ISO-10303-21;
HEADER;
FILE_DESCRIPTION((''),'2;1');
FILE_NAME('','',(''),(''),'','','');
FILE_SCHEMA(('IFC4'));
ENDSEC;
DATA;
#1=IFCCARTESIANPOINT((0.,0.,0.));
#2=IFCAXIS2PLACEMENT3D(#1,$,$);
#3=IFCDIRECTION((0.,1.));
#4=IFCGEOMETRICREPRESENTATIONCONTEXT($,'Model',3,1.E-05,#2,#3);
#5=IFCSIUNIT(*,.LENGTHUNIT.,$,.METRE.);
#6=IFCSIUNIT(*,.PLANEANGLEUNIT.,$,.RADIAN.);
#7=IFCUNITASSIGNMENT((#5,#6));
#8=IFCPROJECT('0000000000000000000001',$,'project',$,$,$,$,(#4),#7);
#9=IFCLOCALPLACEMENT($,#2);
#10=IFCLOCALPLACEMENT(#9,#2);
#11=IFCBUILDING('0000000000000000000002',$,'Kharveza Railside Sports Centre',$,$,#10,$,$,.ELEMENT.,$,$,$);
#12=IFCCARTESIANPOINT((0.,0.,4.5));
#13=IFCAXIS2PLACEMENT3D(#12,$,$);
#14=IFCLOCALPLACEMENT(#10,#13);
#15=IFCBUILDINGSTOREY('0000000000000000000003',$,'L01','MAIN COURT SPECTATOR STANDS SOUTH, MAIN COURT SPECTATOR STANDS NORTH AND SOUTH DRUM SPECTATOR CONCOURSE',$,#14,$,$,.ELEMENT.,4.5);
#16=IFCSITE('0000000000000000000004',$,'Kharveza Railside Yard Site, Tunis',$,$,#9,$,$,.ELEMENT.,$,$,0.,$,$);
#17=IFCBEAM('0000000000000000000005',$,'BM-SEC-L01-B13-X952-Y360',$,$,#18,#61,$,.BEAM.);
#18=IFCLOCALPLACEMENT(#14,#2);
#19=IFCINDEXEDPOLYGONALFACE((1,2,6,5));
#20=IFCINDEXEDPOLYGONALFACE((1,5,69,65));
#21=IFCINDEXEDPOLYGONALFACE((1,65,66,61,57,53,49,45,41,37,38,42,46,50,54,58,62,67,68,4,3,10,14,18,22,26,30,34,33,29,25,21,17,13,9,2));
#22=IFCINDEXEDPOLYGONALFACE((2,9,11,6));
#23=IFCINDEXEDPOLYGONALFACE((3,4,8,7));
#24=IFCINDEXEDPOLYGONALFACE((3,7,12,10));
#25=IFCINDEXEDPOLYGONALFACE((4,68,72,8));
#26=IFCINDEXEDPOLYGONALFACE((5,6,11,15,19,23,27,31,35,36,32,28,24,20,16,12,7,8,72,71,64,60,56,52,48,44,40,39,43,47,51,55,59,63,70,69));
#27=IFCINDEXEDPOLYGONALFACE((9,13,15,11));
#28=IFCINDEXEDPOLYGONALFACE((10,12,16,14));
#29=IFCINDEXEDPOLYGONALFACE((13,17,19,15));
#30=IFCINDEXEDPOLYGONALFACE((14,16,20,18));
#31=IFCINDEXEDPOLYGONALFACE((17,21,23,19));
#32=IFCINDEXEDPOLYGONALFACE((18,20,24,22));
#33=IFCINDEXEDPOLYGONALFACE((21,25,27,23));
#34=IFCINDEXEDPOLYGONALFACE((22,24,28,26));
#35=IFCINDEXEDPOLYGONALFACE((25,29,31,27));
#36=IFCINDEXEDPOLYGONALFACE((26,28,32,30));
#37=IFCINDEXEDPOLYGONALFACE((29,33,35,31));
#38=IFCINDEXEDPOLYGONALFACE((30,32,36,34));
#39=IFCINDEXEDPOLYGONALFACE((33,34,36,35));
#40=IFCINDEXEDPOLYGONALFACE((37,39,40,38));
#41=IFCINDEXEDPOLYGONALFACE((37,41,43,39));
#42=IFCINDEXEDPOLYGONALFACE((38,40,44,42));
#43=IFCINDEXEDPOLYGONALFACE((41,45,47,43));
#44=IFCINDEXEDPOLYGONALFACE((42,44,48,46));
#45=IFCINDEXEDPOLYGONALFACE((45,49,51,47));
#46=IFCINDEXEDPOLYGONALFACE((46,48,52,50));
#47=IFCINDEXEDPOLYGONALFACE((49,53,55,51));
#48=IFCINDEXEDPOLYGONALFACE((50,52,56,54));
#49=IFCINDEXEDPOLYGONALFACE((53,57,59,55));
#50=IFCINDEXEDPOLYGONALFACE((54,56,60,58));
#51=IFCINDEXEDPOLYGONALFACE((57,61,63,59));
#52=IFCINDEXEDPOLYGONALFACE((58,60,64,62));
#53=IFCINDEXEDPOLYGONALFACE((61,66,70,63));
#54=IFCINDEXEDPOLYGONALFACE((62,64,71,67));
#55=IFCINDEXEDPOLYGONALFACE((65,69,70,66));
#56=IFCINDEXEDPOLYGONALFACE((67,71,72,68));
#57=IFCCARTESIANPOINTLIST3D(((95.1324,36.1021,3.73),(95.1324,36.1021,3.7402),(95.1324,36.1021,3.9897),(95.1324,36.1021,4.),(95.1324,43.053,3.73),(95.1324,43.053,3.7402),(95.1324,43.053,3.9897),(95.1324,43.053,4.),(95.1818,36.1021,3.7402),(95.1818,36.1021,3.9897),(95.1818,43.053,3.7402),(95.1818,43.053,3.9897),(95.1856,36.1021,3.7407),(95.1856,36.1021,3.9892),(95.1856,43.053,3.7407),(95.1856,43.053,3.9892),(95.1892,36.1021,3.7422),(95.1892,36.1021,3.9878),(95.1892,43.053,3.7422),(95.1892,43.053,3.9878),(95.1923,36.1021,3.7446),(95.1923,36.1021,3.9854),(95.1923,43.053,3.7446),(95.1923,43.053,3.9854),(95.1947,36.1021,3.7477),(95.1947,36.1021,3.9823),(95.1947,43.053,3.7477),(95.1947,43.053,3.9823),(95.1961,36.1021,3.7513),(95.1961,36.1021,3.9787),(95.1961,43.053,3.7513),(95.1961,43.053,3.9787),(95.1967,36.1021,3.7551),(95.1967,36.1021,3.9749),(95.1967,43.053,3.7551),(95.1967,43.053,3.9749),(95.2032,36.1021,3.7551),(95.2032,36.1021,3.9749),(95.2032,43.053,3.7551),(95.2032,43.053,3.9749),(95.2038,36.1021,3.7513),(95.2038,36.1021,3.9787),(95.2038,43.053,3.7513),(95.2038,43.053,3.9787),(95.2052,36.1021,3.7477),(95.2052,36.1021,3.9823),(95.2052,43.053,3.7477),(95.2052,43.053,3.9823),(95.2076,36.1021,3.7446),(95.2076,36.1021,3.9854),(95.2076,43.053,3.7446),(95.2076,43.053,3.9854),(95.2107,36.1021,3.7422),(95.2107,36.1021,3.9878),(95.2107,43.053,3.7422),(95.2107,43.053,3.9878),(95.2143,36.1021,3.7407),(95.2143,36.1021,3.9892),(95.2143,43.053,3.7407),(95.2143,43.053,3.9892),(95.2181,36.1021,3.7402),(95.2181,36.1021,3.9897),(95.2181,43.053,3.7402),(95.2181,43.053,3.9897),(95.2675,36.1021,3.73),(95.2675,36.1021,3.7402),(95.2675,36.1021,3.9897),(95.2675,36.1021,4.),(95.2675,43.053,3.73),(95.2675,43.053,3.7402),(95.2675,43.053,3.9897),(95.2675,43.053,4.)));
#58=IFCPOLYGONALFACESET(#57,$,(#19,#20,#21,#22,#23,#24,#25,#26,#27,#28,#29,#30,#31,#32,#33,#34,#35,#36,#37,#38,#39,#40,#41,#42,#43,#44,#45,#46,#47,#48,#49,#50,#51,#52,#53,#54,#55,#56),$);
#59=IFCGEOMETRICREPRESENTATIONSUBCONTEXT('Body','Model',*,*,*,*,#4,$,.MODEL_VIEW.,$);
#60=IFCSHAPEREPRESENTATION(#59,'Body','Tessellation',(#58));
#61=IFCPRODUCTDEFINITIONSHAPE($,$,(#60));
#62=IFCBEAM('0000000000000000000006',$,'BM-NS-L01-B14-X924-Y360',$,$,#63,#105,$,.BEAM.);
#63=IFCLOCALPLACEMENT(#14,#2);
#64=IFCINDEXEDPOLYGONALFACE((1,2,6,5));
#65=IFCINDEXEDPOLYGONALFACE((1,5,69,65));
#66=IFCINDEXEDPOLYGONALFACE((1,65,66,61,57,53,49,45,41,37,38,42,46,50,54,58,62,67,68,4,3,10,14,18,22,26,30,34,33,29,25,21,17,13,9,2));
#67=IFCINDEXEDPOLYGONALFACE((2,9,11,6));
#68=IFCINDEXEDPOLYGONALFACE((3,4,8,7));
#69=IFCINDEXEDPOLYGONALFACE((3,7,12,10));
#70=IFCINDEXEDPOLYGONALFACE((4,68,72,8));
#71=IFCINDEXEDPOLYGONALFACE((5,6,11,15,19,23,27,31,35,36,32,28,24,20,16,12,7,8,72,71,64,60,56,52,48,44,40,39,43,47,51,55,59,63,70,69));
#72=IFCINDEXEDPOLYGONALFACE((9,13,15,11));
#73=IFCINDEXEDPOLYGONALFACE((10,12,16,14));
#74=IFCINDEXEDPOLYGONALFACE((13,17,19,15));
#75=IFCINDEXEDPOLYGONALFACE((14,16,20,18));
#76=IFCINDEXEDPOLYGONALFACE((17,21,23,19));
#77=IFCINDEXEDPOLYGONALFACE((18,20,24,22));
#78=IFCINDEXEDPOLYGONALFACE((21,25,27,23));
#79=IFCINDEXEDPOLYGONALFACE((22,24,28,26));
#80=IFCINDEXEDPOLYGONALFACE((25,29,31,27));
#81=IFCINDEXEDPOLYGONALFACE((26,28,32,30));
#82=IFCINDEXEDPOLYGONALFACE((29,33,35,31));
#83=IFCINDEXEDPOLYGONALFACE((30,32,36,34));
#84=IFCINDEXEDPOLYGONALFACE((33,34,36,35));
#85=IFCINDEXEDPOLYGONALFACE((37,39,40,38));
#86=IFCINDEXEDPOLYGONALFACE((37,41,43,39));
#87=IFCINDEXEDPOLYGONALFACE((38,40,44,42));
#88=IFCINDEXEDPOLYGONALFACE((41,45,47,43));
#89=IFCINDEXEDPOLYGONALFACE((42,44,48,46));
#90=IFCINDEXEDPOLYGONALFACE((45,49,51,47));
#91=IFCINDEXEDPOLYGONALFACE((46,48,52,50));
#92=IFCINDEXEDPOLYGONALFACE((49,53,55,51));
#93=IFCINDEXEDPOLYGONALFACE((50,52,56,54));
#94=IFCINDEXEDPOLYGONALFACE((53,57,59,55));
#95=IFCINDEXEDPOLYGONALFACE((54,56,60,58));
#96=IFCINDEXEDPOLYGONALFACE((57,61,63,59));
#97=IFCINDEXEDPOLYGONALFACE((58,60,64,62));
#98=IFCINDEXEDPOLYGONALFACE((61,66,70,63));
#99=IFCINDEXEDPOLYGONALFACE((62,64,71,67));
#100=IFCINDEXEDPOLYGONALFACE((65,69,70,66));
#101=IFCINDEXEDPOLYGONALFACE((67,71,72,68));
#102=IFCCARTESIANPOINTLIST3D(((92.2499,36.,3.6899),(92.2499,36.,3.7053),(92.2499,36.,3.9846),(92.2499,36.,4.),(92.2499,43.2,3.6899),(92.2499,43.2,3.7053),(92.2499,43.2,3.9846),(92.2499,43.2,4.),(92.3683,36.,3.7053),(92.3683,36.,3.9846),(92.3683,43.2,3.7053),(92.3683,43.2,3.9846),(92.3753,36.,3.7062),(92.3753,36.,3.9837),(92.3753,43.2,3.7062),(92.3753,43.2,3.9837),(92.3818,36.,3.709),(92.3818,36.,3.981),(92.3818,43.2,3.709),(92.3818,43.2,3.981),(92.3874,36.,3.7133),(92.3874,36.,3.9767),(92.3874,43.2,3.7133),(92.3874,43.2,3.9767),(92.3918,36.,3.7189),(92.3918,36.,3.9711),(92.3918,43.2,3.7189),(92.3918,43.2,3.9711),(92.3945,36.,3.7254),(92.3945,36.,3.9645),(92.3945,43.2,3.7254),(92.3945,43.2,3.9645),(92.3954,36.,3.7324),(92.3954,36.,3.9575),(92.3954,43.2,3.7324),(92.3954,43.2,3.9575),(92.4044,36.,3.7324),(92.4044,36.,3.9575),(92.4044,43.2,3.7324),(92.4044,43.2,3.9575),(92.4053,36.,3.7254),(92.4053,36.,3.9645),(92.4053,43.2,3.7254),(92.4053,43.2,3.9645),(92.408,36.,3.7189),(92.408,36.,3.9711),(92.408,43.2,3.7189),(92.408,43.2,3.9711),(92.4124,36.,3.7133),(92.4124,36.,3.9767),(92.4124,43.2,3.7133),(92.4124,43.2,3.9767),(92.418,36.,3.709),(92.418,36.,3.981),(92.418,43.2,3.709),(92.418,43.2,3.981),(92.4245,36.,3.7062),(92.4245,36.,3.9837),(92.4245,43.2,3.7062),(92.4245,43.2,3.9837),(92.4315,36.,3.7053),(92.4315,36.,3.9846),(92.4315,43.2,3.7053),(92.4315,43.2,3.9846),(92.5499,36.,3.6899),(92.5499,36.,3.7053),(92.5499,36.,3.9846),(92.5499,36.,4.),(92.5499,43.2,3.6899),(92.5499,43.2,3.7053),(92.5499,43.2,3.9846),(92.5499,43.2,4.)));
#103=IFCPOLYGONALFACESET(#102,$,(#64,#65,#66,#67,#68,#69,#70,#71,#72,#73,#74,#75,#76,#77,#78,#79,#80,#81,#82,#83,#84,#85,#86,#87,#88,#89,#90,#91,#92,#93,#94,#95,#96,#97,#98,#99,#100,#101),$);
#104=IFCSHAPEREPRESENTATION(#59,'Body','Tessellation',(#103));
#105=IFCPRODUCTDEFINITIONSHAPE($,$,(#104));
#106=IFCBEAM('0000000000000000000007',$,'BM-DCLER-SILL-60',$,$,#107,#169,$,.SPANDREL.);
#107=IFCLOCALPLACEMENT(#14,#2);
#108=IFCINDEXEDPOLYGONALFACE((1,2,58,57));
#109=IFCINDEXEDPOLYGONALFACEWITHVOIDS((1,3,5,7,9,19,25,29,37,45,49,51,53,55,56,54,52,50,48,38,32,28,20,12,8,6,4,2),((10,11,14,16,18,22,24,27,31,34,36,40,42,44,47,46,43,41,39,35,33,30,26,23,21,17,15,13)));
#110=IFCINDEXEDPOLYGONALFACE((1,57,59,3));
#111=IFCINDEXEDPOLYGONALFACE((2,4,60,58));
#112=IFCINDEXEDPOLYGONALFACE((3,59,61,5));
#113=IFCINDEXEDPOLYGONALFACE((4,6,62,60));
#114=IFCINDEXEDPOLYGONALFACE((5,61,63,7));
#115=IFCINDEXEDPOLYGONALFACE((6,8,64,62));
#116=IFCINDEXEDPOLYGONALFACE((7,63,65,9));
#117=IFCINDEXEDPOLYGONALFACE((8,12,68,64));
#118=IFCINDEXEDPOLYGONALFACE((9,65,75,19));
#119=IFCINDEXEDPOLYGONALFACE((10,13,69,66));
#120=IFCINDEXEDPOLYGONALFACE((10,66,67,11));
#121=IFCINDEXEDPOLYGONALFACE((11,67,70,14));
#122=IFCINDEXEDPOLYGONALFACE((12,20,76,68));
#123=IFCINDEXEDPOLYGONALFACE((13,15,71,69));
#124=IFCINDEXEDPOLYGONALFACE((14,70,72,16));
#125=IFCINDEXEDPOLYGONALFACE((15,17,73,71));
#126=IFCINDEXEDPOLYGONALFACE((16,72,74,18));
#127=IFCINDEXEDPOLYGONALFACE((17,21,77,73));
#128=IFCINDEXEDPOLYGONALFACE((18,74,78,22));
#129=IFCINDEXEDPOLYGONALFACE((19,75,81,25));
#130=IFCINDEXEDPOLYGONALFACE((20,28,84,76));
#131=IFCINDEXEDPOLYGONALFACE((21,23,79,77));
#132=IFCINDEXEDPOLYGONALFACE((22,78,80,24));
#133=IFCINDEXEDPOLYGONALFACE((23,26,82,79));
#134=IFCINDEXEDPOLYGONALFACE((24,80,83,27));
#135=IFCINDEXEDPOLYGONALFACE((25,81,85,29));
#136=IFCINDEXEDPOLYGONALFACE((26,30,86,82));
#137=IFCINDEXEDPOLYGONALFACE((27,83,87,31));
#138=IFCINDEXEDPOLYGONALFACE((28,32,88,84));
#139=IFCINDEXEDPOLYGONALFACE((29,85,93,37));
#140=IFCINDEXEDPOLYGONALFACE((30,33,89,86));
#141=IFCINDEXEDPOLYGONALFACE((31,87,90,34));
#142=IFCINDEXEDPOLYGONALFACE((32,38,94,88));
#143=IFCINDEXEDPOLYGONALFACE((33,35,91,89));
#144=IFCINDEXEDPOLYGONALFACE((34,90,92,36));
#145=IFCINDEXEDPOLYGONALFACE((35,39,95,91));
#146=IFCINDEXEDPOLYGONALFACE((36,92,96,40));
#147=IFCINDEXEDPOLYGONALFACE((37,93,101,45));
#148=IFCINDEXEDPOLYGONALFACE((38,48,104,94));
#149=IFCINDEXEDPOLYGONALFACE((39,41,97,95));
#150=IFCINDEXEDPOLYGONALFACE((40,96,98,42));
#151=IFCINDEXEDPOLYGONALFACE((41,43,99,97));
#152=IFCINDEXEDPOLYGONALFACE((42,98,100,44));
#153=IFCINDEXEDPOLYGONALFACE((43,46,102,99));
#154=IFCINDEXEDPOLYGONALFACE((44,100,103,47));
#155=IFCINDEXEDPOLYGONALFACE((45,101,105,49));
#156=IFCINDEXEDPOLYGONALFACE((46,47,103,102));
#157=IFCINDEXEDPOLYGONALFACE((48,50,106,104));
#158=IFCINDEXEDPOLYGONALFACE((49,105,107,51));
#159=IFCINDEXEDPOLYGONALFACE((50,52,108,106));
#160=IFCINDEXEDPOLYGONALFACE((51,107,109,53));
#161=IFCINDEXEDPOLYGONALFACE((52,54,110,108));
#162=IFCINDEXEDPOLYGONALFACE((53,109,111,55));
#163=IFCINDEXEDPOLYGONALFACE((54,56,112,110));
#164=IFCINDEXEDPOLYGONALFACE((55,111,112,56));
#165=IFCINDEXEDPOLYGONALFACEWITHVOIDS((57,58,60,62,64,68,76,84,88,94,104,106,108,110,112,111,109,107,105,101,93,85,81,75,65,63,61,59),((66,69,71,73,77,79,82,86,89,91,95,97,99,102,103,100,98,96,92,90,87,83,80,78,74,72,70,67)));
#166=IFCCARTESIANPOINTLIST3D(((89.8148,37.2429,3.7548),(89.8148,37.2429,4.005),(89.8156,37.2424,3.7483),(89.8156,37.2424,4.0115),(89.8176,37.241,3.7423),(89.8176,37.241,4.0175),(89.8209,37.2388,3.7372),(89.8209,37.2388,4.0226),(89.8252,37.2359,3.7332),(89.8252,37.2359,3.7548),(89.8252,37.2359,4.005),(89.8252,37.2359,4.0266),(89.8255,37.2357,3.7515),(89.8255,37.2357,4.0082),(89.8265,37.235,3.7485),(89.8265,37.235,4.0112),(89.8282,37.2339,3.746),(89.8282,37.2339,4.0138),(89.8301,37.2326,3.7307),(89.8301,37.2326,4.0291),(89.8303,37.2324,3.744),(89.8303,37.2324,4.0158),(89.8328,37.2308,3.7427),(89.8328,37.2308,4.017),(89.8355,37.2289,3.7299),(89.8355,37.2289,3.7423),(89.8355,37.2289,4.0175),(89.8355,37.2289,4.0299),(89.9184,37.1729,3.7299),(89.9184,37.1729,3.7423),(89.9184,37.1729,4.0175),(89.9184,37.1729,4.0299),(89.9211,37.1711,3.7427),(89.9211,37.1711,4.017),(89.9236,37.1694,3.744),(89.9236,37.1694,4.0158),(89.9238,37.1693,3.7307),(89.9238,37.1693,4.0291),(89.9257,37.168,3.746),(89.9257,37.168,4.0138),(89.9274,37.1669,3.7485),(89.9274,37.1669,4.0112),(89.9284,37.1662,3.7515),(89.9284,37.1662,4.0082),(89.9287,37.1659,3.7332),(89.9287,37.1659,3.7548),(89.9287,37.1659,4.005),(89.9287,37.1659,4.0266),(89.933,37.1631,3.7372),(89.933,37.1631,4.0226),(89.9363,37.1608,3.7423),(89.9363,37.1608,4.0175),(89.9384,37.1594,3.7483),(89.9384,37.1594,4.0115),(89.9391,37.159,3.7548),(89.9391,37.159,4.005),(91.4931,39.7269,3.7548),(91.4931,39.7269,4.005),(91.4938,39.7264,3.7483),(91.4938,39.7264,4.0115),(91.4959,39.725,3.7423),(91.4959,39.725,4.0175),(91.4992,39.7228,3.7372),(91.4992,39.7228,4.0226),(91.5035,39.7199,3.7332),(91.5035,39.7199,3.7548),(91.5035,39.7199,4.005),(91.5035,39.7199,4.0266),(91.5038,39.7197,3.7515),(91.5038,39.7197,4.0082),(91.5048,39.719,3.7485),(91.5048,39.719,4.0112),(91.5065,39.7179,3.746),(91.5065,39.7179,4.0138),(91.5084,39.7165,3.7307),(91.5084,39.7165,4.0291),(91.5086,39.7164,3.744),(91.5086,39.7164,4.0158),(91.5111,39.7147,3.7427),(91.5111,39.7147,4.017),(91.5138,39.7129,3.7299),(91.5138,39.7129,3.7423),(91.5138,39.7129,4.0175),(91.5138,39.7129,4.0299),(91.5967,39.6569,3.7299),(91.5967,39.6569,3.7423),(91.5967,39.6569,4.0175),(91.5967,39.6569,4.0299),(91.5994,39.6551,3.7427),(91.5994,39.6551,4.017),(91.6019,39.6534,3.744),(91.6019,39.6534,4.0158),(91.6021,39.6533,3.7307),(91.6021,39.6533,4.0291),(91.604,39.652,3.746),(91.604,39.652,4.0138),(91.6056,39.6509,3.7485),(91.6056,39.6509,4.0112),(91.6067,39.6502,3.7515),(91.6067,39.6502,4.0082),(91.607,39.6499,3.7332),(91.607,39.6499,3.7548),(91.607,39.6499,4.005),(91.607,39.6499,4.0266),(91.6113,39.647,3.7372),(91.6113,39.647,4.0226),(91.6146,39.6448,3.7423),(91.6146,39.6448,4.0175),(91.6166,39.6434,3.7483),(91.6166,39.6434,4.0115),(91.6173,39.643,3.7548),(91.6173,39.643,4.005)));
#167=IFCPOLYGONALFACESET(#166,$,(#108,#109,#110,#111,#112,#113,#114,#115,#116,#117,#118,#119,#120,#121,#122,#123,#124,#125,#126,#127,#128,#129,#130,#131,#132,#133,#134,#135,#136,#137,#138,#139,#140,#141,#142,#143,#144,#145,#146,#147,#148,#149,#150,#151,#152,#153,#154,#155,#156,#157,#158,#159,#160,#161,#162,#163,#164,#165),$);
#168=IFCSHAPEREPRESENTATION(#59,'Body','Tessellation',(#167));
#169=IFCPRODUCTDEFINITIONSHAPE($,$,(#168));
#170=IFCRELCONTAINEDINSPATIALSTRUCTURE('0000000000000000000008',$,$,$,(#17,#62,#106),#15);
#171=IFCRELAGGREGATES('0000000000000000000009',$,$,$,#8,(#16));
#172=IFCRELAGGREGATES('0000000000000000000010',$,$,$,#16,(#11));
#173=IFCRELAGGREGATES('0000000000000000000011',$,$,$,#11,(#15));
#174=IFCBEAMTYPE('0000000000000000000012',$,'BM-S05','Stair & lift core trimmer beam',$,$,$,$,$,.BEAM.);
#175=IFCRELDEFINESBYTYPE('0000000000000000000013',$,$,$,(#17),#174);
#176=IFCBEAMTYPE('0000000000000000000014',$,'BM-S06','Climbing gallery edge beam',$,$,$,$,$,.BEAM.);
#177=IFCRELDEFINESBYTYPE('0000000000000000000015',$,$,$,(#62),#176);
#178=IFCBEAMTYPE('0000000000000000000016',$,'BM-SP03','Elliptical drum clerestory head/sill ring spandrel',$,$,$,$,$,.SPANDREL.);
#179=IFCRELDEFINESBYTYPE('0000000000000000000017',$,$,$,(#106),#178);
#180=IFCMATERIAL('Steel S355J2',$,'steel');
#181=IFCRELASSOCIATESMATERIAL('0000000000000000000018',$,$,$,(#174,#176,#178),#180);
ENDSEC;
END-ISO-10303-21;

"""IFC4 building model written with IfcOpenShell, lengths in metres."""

from ifc_helpers import new_model, si_unit, direction, frame, origin, origin_2d, place, context, subcontext, project, spatial, hollow_rectangle, i_section, extrude, material, material_profile, profile_set, type_object, element, save


model = new_model("IFC4")

# Units and contexts
model_context = context("Model", 3, precision=1e-05, world=origin(), true_north=direction((0.0, 1.0)))
body_context = subcontext(model_context, "Body", "Model", "MODEL_VIEW")
ifc_project = project(units=[si_unit("LENGTHUNIT", "METRE"), si_unit("PLANEANGLEUNIT", "RADIAN")], contexts=[model_context])

# Site, building, storey
site_placement = place(None, origin())
site = spatial("IfcSite", under=ifc_project, at=site_placement, Name="Kharveza Railside Yard Site, Tunis", CompositionType="ELEMENT", RefElevation=0.0)
building_placement = place(site_placement, origin())
building = spatial("IfcBuilding", under=site, at=building_placement, Name="Kharveza Railside Sports Centre", CompositionType="ELEMENT")
storey_placement = place(building_placement, frame((0.0, 0.0, 4.5)))
storey = spatial("IfcBuildingStorey", under=building, at=storey_placement, Name="L01", Description="MAIN COURT SPECTATOR STANDS SOUTH, MAIN COURT SPECTATOR STANDS NORTH AND SOUTH DRUM SPECTATOR CONCOURSE", CompositionType="ELEMENT", Elevation=4.5)

# Shared definitions
ifc_material_1 = material(Name="Steel S355J2", Category="steel")

# Beams
ifc_material_profile_1 = material_profile(ifc_material_1, i_section(OverallWidth=0.135, OverallDepth=0.27, WebThickness=0.0066, FlangeThickness=0.0103, FilletRadius=0.0149, at=origin_2d()), Name="IPE 270")
ifc_profile_set_1 = profile_set([ifc_material_profile_1], Name="Steel S355J2")
beam_type_1 = type_object("IfcBeamType", Name="BM-S05", Description="Stair & lift core trimmer beam", PredefinedType="BEAM", material=ifc_profile_set_1)
beam_1_placement = place(storey_placement, frame((95.2, 36.1021, 3.865), z_axis=(0.0, 1.0, 0.0), x_axis=(-1.0, 0.0, 0.0)))
element("IfcBeam", 1, at=beam_1_placement, inside=storey, type_object=beam_type_1, Name="BM-SEC-L01-B13-X952-Y360", PredefinedType="BEAM", context=body_context, shape_type="SweptSolid", body=[
    extrude(i_section(OverallWidth=0.135, OverallDepth=0.27, WebThickness=0.0066, FlangeThickness=0.0103, FilletRadius=0.0149, at=origin_2d()), origin(), (0.0, 0.0, 1.0), 6.9509),
])
ifc_material_profile_2 = material_profile(ifc_material_1, i_section(OverallWidth=0.3, OverallDepth=0.3101, WebThickness=0.009, FlangeThickness=0.0154, FilletRadius=0.0271, at=origin_2d()), Name="HEA 320")
ifc_profile_set_2 = profile_set([ifc_material_profile_2], Name="Steel S355J2")
beam_type_2 = type_object("IfcBeamType", Name="BM-S06", Description="Climbing gallery edge beam", PredefinedType="BEAM", material=ifc_profile_set_2)
beam_2_placement = place(storey_placement, frame((92.3999, 36.0, 3.845), z_axis=(0.0, 1.0, 0.0), x_axis=(-1.0, 0.0, 0.0)))
element("IfcBeam", 2, at=beam_2_placement, inside=storey, type_object=beam_type_2, Name="BM-NS-L01-B14-X924-Y360", PredefinedType="BEAM", context=body_context, shape_type="SweptSolid", body=[
    extrude(i_section(OverallWidth=0.3, OverallDepth=0.3101, WebThickness=0.009, FlangeThickness=0.0154, FilletRadius=0.0271, at=origin_2d()), origin(), (0.0, 0.0, 1.0), 7.2),
])
ifc_material_profile_3 = material_profile(ifc_material_1, hollow_rectangle(XDim=0.1499, YDim=0.3, WallThickness=0.0125, InnerFilletRadius=0.0125, OuterFilletRadius=0.0249, at=origin_2d()), Name="RHS 150x300x12.5")
ifc_profile_set_3 = profile_set([ifc_material_profile_3], Name="Steel S355J2")
beam_type_3 = type_object("IfcBeamType", Name="BM-SP03", Description="Elliptical drum clerestory head/sill ring spandrel", PredefinedType="SPANDREL", material=ifc_profile_set_3)
beam_3_placement = place(storey_placement, frame((89.877, 37.2009, 3.8799), z_axis=(0.559839, 0.828601, 0.0), x_axis=(-0.828601, 0.559839, 0.0)))
element("IfcBeam", 3, at=beam_3_placement, inside=storey, type_object=beam_type_3, Name="BM-DCLER-SILL-60", PredefinedType="SPANDREL", context=body_context, shape_type="SweptSolid", body=[
    extrude(hollow_rectangle(XDim=0.1499, YDim=0.3, WallThickness=0.0125, InnerFilletRadius=0.0125, OuterFilletRadius=0.0249, at=origin_2d()), origin(), (0.0, 0.0, 1.0), 2.9978),
])

save(model, "model.ifc")
